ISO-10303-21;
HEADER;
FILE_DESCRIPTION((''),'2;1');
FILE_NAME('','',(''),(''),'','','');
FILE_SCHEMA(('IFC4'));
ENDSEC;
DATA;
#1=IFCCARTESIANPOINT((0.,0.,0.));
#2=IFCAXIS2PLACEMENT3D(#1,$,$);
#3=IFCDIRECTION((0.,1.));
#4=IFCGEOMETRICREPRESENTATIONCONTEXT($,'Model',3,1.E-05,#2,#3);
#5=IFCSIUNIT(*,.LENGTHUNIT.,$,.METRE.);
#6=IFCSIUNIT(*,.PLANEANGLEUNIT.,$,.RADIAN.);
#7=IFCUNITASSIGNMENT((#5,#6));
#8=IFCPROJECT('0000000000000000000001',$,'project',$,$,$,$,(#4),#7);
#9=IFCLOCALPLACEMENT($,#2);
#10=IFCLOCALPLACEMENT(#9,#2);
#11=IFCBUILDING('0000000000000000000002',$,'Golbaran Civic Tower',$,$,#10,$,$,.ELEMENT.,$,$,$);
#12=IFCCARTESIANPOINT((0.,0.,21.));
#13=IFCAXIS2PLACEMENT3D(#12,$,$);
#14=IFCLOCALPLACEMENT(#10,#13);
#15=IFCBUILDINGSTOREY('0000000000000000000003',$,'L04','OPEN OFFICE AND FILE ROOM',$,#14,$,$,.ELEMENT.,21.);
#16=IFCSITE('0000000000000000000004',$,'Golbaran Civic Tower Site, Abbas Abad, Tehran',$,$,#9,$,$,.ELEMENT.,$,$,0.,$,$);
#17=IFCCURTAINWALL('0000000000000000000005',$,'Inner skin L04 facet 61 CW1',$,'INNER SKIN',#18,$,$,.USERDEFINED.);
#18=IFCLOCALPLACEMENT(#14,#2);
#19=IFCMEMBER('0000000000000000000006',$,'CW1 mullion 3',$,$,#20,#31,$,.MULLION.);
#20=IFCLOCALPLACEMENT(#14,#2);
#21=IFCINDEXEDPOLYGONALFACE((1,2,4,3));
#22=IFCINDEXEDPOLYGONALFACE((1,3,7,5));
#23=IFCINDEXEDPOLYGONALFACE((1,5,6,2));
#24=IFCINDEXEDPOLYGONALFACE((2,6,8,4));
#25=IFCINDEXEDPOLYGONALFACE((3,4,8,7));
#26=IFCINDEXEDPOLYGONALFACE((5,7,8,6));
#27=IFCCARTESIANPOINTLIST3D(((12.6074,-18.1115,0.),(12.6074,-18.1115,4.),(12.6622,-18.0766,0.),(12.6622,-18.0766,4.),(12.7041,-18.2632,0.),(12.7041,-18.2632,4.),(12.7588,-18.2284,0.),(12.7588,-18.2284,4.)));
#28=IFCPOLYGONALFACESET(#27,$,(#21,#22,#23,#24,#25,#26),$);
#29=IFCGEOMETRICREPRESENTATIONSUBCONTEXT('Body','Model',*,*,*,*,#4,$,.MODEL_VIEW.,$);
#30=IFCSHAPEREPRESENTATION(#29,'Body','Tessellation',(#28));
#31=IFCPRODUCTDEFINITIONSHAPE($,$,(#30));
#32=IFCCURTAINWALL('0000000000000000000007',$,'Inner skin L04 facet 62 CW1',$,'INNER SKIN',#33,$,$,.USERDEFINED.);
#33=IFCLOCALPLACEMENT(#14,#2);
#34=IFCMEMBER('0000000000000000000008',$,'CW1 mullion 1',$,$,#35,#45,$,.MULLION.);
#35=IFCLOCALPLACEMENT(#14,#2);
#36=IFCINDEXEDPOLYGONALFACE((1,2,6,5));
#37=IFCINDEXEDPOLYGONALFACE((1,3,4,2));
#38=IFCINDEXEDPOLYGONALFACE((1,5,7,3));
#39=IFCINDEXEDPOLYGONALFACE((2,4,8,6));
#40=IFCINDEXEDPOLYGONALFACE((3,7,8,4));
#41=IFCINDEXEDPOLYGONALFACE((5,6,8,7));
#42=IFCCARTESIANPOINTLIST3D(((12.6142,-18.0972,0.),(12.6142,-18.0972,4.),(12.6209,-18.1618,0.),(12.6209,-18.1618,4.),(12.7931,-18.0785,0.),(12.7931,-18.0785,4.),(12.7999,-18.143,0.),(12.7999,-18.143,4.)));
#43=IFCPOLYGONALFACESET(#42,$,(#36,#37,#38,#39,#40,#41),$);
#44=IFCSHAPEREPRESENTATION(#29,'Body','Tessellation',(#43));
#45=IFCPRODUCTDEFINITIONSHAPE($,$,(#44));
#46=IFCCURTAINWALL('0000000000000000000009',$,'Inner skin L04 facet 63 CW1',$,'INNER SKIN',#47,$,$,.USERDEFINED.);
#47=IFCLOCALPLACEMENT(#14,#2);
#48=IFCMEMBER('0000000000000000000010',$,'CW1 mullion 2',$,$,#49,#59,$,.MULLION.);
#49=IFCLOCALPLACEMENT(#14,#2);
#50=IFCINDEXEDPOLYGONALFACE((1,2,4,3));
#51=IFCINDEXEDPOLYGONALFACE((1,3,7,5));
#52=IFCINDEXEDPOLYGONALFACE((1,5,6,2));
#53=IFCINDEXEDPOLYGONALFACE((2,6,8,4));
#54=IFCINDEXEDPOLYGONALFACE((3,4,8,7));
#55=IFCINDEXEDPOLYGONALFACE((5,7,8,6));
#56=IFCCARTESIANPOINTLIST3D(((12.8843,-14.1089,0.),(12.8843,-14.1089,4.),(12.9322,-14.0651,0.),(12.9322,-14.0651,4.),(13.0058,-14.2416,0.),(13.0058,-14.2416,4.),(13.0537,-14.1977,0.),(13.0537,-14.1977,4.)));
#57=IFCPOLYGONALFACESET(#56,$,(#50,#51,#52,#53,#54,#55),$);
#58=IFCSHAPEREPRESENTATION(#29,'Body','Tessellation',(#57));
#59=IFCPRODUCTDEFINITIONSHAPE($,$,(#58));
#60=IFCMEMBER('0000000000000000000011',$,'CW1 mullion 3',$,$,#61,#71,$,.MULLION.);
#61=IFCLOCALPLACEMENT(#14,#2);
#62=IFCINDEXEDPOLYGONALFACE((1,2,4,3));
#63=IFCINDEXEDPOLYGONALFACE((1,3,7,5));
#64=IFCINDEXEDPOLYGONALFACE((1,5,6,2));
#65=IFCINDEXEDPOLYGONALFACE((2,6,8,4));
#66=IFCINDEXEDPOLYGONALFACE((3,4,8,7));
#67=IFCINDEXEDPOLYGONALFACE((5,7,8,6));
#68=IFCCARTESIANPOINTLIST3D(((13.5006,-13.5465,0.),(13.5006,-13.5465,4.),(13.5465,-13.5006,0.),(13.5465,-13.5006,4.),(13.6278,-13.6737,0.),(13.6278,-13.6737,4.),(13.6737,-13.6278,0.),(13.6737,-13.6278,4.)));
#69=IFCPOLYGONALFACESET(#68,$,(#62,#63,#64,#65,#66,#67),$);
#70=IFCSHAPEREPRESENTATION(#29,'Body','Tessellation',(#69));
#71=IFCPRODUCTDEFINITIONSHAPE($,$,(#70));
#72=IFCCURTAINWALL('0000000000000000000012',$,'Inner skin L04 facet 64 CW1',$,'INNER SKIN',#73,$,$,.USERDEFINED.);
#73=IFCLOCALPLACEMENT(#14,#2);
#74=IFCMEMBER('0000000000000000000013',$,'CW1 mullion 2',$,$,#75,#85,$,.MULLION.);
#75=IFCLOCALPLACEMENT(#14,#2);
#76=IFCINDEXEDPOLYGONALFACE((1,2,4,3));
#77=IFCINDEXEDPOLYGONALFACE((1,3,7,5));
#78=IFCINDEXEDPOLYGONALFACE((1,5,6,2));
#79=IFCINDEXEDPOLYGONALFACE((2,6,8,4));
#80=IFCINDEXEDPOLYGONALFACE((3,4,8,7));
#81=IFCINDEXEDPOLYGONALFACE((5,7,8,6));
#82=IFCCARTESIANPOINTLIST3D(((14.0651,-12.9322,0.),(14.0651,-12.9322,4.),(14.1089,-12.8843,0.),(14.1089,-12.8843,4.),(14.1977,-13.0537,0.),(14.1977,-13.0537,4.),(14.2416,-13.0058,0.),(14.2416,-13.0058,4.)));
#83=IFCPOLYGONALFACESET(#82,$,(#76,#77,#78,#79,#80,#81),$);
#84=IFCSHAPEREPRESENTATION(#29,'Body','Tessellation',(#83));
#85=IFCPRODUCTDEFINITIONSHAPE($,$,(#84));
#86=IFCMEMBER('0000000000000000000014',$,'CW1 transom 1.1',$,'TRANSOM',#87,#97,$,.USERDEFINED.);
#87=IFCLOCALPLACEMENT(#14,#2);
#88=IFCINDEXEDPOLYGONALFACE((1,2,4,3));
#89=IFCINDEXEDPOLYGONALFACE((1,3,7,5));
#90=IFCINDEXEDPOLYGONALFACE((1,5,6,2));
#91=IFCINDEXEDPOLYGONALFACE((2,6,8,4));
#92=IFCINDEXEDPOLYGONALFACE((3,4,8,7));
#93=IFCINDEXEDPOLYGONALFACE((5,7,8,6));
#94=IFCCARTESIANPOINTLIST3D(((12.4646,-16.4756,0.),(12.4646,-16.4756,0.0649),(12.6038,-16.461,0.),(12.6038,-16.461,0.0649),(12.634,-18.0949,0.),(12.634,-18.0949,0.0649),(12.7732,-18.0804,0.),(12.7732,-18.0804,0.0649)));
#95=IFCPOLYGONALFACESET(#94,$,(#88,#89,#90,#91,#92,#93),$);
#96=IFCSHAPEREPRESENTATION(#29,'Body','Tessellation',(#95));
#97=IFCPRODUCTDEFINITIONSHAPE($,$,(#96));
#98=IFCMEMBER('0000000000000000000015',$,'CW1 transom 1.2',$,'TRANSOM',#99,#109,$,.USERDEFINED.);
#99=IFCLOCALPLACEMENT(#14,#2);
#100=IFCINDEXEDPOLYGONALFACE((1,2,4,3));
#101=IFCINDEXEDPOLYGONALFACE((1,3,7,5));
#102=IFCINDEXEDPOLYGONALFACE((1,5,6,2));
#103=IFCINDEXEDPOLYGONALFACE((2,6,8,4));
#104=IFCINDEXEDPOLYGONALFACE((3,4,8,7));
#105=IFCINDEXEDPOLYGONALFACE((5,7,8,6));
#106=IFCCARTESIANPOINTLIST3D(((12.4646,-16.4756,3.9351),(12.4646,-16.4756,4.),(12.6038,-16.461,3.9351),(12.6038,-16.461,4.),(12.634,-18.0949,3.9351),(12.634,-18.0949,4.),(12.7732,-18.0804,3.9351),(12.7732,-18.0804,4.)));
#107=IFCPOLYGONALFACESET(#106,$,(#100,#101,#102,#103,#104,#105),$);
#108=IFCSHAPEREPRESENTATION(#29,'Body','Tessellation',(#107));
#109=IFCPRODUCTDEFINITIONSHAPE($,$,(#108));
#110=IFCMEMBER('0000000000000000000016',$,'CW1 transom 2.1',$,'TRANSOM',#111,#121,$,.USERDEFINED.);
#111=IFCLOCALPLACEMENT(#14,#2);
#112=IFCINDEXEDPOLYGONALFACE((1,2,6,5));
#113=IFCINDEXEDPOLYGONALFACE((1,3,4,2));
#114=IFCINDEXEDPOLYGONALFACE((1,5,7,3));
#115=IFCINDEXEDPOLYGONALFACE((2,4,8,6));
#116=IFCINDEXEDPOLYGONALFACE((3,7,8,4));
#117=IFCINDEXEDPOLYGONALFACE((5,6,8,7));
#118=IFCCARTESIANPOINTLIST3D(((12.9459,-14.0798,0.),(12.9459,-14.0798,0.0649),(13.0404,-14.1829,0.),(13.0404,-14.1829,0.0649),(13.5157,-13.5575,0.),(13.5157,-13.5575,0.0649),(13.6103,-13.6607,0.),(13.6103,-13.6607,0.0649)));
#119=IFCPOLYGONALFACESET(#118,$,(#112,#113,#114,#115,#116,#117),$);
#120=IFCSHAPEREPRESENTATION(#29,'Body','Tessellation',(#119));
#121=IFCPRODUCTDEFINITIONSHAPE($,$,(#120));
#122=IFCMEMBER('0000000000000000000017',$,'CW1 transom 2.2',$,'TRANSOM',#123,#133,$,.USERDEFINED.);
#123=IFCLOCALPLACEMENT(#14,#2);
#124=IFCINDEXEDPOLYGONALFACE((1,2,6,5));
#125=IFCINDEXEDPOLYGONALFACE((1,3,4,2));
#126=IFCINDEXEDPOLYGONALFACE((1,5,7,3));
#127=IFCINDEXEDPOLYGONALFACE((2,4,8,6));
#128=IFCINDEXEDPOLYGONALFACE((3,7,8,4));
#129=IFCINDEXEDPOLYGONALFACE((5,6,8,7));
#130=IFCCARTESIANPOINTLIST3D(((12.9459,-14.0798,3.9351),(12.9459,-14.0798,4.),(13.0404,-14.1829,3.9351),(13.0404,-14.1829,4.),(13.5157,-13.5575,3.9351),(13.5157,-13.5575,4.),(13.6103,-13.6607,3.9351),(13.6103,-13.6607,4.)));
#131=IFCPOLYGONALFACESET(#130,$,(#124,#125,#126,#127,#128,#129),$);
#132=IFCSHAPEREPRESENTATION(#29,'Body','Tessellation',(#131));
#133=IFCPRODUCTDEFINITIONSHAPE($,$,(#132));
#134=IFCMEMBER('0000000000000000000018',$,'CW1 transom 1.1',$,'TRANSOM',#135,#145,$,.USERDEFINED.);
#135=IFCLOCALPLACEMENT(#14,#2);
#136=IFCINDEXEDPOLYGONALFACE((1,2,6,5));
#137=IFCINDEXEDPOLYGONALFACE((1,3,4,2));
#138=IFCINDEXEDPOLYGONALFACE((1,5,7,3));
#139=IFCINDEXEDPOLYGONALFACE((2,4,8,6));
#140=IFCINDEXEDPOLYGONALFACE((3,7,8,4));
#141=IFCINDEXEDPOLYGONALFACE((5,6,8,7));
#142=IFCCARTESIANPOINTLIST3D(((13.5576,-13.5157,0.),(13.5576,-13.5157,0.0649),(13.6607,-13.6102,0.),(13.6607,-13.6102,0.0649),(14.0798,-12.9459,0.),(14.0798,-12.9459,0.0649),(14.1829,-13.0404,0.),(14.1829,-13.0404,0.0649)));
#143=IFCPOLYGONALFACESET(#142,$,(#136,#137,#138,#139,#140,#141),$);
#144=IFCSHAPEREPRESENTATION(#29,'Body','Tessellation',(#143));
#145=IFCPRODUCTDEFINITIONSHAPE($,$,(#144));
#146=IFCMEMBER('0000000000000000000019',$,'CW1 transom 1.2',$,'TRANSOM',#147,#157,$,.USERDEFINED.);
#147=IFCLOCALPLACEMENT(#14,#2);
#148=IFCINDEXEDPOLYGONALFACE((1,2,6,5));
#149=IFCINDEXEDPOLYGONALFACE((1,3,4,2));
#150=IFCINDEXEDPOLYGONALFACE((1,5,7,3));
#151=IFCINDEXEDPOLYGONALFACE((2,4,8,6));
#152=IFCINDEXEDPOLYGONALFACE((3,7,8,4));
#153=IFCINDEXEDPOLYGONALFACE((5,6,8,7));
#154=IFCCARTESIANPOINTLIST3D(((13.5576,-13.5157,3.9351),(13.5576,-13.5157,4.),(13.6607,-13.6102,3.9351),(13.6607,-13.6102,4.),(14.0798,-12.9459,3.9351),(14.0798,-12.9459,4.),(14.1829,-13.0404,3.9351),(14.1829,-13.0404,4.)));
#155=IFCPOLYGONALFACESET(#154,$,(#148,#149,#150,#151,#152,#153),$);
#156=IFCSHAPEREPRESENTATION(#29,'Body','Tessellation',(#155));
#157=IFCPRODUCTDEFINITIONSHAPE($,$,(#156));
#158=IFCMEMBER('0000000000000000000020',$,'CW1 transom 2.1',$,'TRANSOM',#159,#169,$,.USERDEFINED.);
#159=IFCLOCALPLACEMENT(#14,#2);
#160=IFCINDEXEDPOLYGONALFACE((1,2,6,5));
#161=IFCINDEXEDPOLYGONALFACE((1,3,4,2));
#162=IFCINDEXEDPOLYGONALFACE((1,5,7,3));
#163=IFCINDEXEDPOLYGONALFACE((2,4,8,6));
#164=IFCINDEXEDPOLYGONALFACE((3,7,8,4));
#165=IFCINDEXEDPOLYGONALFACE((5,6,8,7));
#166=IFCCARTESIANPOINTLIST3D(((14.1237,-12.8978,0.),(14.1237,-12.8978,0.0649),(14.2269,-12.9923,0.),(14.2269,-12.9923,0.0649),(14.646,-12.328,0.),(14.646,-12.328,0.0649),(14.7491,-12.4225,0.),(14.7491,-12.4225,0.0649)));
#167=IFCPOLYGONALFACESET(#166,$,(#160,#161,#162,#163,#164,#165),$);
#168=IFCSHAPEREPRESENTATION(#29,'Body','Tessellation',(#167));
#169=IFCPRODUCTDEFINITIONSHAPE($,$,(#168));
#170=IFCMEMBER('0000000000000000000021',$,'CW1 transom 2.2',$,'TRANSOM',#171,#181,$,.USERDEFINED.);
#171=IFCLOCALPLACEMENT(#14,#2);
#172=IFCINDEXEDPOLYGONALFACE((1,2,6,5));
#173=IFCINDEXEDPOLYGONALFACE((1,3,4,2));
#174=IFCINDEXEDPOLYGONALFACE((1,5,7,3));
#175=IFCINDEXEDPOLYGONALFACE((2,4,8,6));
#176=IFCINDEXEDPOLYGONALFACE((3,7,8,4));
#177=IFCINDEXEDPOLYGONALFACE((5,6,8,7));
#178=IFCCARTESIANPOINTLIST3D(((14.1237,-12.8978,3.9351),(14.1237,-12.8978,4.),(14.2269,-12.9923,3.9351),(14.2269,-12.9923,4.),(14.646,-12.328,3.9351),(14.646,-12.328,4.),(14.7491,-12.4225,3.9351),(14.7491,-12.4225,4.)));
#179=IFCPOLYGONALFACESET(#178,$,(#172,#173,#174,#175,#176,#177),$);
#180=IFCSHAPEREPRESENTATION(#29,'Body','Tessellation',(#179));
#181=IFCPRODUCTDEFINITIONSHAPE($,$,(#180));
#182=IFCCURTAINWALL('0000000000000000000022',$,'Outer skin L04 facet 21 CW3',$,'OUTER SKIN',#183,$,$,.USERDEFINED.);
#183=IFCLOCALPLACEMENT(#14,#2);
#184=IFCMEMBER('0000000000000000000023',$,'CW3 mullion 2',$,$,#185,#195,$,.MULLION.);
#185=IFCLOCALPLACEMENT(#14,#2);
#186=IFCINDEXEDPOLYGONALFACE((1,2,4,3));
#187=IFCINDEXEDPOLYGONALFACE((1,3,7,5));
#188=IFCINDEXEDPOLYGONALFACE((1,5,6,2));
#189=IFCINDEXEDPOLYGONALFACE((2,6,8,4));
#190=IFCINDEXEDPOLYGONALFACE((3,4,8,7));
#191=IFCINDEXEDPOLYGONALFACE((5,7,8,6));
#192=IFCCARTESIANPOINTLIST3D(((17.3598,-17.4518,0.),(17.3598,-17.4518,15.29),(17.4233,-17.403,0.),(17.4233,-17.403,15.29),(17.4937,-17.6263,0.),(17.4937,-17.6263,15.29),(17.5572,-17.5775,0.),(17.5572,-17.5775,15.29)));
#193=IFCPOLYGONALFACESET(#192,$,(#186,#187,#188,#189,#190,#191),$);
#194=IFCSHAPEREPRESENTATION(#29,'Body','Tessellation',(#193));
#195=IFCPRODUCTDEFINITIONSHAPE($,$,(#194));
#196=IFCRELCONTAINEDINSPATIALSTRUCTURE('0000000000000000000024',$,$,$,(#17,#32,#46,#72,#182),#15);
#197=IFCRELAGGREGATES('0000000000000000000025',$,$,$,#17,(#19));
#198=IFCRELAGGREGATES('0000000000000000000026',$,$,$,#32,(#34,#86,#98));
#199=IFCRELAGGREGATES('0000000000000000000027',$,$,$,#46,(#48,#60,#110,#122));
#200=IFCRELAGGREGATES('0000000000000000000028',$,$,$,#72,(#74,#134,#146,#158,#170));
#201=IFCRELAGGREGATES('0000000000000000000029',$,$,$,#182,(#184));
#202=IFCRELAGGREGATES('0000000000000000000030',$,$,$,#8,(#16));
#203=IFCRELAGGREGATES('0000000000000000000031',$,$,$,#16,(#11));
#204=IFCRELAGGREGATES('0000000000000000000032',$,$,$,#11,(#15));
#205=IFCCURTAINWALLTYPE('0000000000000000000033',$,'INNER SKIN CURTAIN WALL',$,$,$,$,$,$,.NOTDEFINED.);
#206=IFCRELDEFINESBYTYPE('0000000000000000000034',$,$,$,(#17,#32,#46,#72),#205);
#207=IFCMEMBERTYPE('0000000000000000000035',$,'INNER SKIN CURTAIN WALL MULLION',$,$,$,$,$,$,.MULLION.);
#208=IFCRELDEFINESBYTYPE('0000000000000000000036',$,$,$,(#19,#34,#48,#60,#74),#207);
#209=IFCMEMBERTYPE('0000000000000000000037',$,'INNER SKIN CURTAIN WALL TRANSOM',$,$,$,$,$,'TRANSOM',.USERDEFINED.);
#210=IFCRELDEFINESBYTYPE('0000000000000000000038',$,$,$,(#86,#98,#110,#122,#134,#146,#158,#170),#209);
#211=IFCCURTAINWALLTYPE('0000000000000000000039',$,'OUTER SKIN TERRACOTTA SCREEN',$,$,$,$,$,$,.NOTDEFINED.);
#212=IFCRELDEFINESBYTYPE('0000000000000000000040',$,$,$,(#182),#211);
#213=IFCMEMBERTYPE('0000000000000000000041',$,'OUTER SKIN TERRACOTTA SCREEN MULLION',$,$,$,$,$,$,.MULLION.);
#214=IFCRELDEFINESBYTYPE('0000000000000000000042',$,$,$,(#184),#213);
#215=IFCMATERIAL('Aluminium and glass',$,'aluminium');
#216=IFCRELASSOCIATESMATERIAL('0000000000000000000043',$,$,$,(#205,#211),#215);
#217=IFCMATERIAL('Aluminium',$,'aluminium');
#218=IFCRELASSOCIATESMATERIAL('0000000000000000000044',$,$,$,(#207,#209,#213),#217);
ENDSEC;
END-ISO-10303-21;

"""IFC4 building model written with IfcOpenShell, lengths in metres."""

from ifc_helpers import new_model, si_unit, direction, frame, origin, origin_2d, place, context, subcontext, project, spatial, rectangle, extrude, material, material_profile, profile_set, type_object, element, aggregate, save


model = new_model("IFC4")

# Units and contexts
model_context = context("Model", 3, precision=1e-05, world=origin(), true_north=direction((0.0, 1.0)))
body_context = subcontext(model_context, "Body", "Model", "MODEL_VIEW")
ifc_project = project(units=[si_unit("LENGTHUNIT", "METRE"), si_unit("PLANEANGLEUNIT", "RADIAN")], contexts=[model_context])

# Site, building, storey
site_placement = place(None, origin())
site = spatial("IfcSite", under=ifc_project, at=site_placement, Name="Golbaran Civic Tower Site, Abbas Abad, Tehran", CompositionType="ELEMENT", RefElevation=0.0)
building_placement = place(site_placement, origin())
building = spatial("IfcBuilding", under=site, at=building_placement, Name="Golbaran Civic Tower", CompositionType="ELEMENT")
storey_placement = place(building_placement, frame((0.0, 0.0, 21.0)))
storey = spatial("IfcBuildingStorey", under=building, at=storey_placement, Name="L04", Description="OPEN OFFICE AND FILE ROOM", CompositionType="ELEMENT", Elevation=21.0)

# Curtain walls, members
ifc_material_1 = material(Name="Aluminium and glass", Category="aluminium")
curtain_wall_type_1 = type_object("IfcCurtainWallType", Name="INNER SKIN CURTAIN WALL", PredefinedType="NOTDEFINED", material=ifc_material_1)
curtain_wall_1_placement = place(storey_placement, origin())
curtain_wall_1 = element("IfcCurtainWall", 1, at=curtain_wall_1_placement, inside=storey, type_object=curtain_wall_type_1, Name="Inner skin L04 facet 61 CW1", ObjectType="INNER SKIN", PredefinedType="USERDEFINED")
ifc_material_2 = material(Name="Aluminium", Category="aluminium")
ifc_material_profile_1 = material_profile(ifc_material_2, rectangle(XDim=0.1799, YDim=0.0649, at=origin_2d()), Name="INNER SKIN CURTAIN WALL MULLION")
ifc_profile_set_1 = profile_set([ifc_material_profile_1], Name="Aluminium")
member_type_1 = type_object("IfcMemberType", Name="INNER SKIN CURTAIN WALL MULLION", PredefinedType="MULLION", material=ifc_profile_set_1)
member_1_placement = place(storey_placement, frame((12.6831, -18.1699, 0.0), z_axis=(0.0, 0.0, 1.0), x_axis=(-0.5373, 0.843391, 0.0)))
member_1 = element("IfcMember", 2, at=member_1_placement, type_object=member_type_1, Name="CW1 mullion 3", PredefinedType="MULLION", context=body_context, shape_type="SweptSolid", body=[
    extrude(rectangle(XDim=0.1799, YDim=0.0649, at=origin_2d()), origin(), (0.0, 0.0, 1.0), 4.0),
])
aggregate(curtain_wall_1, [member_1])
curtain_wall_2_placement = place(storey_placement, origin())
curtain_wall_2 = element("IfcCurtainWall", 3, at=curtain_wall_2_placement, inside=storey, type_object=curtain_wall_type_1, Name="Inner skin L04 facet 62 CW1", ObjectType="INNER SKIN", PredefinedType="USERDEFINED")
member_2_placement = place(storey_placement, frame((12.707, -18.1201, 0.0), z_axis=(0.0, 0.0, 1.0), x_axis=(-0.994568, -0.104093, 0.0)))
member_2 = element("IfcMember", 4, at=member_2_placement, type_object=member_type_1, Name="CW1 mullion 1", PredefinedType="MULLION", context=body_context, shape_type="SweptSolid", body=[
    extrude(rectangle(XDim=0.1799, YDim=0.0649, at=origin_2d()), origin(), (0.0, 0.0, 1.0), 4.0),
])

# Curtain wall, members
curtain_wall_3_placement = place(storey_placement, origin())
curtain_wall_3 = element("IfcCurtainWall", 5, at=curtain_wall_3_placement, inside=storey, type_object=curtain_wall_type_1, Name="Inner skin L04 facet 63 CW1", ObjectType="INNER SKIN", PredefinedType="USERDEFINED")
member_3_placement = place(storey_placement, frame((12.969, -14.1533, 0.0), z_axis=(0.0, 0.0, 1.0), x_axis=(-0.67559, 0.737277, 0.0)))
member_3 = element("IfcMember", 6, at=member_3_placement, type_object=member_type_1, Name="CW1 mullion 2", PredefinedType="MULLION", context=body_context, shape_type="SweptSolid", body=[
    extrude(rectangle(XDim=0.1799, YDim=0.0649, at=origin_2d()), origin(), (0.0, 0.0, 1.0), 4.0),
])
member_4_placement = place(storey_placement, frame((13.5872, -13.5872, 0.0), z_axis=(0.0, 0.0, 1.0), x_axis=(-0.707107, 0.707107, 0.0)))
member_4 = element("IfcMember", 7, at=member_4_placement, type_object=member_type_1, Name="CW1 mullion 3", PredefinedType="MULLION", context=body_context, shape_type="SweptSolid", body=[
    extrude(rectangle(XDim=0.1799, YDim=0.0649, at=origin_2d()), origin(), (0.0, 0.0, 1.0), 4.0),
])

# Curtain wall, member
curtain_wall_4_placement = place(storey_placement, origin())
curtain_wall_4 = element("IfcCurtainWall", 8, at=curtain_wall_4_placement, inside=storey, type_object=curtain_wall_type_1, Name="Inner skin L04 facet 64 CW1", ObjectType="INNER SKIN", PredefinedType="USERDEFINED")
member_5_placement = place(storey_placement, frame((14.1533, -12.969, 0.0), z_axis=(0.0, 0.0, 1.0), x_axis=(-0.737277, 0.67559, 0.0)))
member_5 = element("IfcMember", 9, at=member_5_placement, type_object=member_type_1, Name="CW1 mullion 2", PredefinedType="MULLION", context=body_context, shape_type="SweptSolid", body=[
    extrude(rectangle(XDim=0.1799, YDim=0.0649, at=origin_2d()), origin(), (0.0, 0.0, 1.0), 4.0),
])

# Members
ifc_material_profile_2 = material_profile(ifc_material_2, rectangle(XDim=0.1399, YDim=0.0649, at=origin_2d()), Name="INNER SKIN CURTAIN WALL TRANSOM")
ifc_profile_set_2 = profile_set([ifc_material_profile_2], Name="Aluminium")
member_type_2 = type_object("IfcMemberType", Name="INNER SKIN CURTAIN WALL TRANSOM", ElementType="TRANSOM", PredefinedType="USERDEFINED", material=ifc_profile_set_2)
member_6_placement = place(storey_placement, frame((12.7036, -18.0876, 0.0325), z_axis=(-0.10406, 0.994571, 0.0), x_axis=(-0.994571, -0.10406, 0.0)))
member_6 = element("IfcMember", 10, at=member_6_placement, type_object=member_type_2, Name="CW1 transom 1.1", ObjectType="TRANSOM", PredefinedType="USERDEFINED", context=body_context, shape_type="SweptSolid", body=[
    extrude(rectangle(XDim=0.1399, YDim=0.0649, at=origin_2d()), origin(), (0.0, 0.0, 1.0), 1.6282),
])
member_7_placement = place(storey_placement, frame((12.7036, -18.0876, 3.9675), z_axis=(-0.10406, 0.994571, 0.0), x_axis=(-0.994571, -0.10406, 0.0)))
member_7 = element("IfcMember", 11, at=member_7_placement, type_object=member_type_2, Name="CW1 transom 1.2", ObjectType="TRANSOM", PredefinedType="USERDEFINED", context=body_context, shape_type="SweptSolid", body=[
    extrude(rectangle(XDim=0.1399, YDim=0.0649, at=origin_2d()), origin(), (0.0, 0.0, 1.0), 1.6282),
])
aggregate(curtain_wall_2, [member_2, member_6, member_7])
member_8_placement = place(storey_placement, frame((12.9932, -14.1313, 0.0325), z_axis=(0.737233, 0.675639, 0.0), x_axis=(-0.675639, 0.737233, 0.0)))
member_8 = element("IfcMember", 12, at=member_8_placement, type_object=member_type_2, Name="CW1 transom 2.1", ObjectType="TRANSOM", PredefinedType="USERDEFINED", context=body_context, shape_type="SweptSolid", body=[
    extrude(rectangle(XDim=0.1399, YDim=0.0649, at=origin_2d()), origin(), (0.0, 0.0, 1.0), 0.7729),
])
member_9_placement = place(storey_placement, frame((12.9932, -14.1313, 3.9675), z_axis=(0.737233, 0.675639, 0.0), x_axis=(-0.675639, 0.737233, 0.0)))
member_9 = element("IfcMember", 13, at=member_9_placement, type_object=member_type_2, Name="CW1 transom 2.2", ObjectType="TRANSOM", PredefinedType="USERDEFINED", context=body_context, shape_type="SweptSolid", body=[
    extrude(rectangle(XDim=0.1399, YDim=0.0649, at=origin_2d()), origin(), (0.0, 0.0, 1.0), 0.7729),
])
member_10_placement = place(storey_placement, frame((13.6091, -13.563, 0.0325), z_axis=(0.675639, 0.737233, 0.0), x_axis=(-0.737233, 0.675639, 0.0)))
member_10 = element("IfcMember", 14, at=member_10_placement, type_object=member_type_2, Name="CW1 transom 1.1", ObjectType="TRANSOM", PredefinedType="USERDEFINED", context=body_context, shape_type="SweptSolid", body=[
    extrude(rectangle(XDim=0.1399, YDim=0.0649, at=origin_2d()), origin(), (0.0, 0.0, 1.0), 0.7729),
])
member_11_placement = place(storey_placement, frame((13.6091, -13.563, 3.9675), z_axis=(0.675639, 0.737233, 0.0), x_axis=(-0.737233, 0.675639, 0.0)))
member_11 = element("IfcMember", 15, at=member_11_placement, type_object=member_type_2, Name="CW1 transom 1.2", ObjectType="TRANSOM", PredefinedType="USERDEFINED", context=body_context, shape_type="SweptSolid", body=[
    extrude(rectangle(XDim=0.1399, YDim=0.0649, at=origin_2d()), origin(), (0.0, 0.0, 1.0), 0.7729),
])
member_12_placement = place(storey_placement, frame((14.1753, -12.9451, 0.0325), z_axis=(0.675639, 0.737233, 0.0), x_axis=(-0.737233, 0.675639, 0.0)))
member_12 = element("IfcMember", 16, at=member_12_placement, type_object=member_type_2, Name="CW1 transom 2.1", ObjectType="TRANSOM", PredefinedType="USERDEFINED", context=body_context, shape_type="SweptSolid", body=[
    extrude(rectangle(XDim=0.1399, YDim=0.0649, at=origin_2d()), origin(), (0.0, 0.0, 1.0), 0.7729),
])
member_13_placement = place(storey_placement, frame((14.1753, -12.9451, 3.9675), z_axis=(0.675639, 0.737233, 0.0), x_axis=(-0.737233, 0.675639, 0.0)))
member_13 = element("IfcMember", 17, at=member_13_placement, type_object=member_type_2, Name="CW1 transom 2.2", ObjectType="TRANSOM", PredefinedType="USERDEFINED", context=body_context, shape_type="SweptSolid", body=[
    extrude(rectangle(XDim=0.1399, YDim=0.0649, at=origin_2d()), origin(), (0.0, 0.0, 1.0), 0.7729),
])

# Curtain wall, member
curtain_wall_type_2 = type_object("IfcCurtainWallType", Name="OUTER SKIN TERRACOTTA SCREEN", PredefinedType="NOTDEFINED", material=ifc_material_1)
curtain_wall_5_placement = place(storey_placement, origin())
curtain_wall_5 = element("IfcCurtainWall", 18, at=curtain_wall_5_placement, inside=storey, type_object=curtain_wall_type_2, Name="Outer skin L04 facet 21 CW3", ObjectType="OUTER SKIN", PredefinedType="USERDEFINED")
ifc_material_profile_3 = material_profile(ifc_material_2, rectangle(XDim=0.22, YDim=0.0801, at=origin_2d()), Name="OUTER SKIN TERRACOTTA SCREEN MULLION")
ifc_profile_set_3 = profile_set([ifc_material_profile_3], Name="Aluminium")
member_type_3 = type_object("IfcMemberType", Name="OUTER SKIN TERRACOTTA SCREEN MULLION", PredefinedType="MULLION", material=ifc_profile_set_3)
member_14_placement = place(storey_placement, frame((17.4585, -17.5146, 0.0), z_axis=(0.0, 0.0, 1.0), x_axis=(-0.608761, 0.793353, 0.0)))
member_14 = element("IfcMember", 19, at=member_14_placement, type_object=member_type_3, Name="CW3 mullion 2", PredefinedType="MULLION", context=body_context, shape_type="SweptSolid", body=[
    extrude(rectangle(XDim=0.22, YDim=0.0801, at=origin_2d()), origin(), (0.0, 0.0, 1.0), 15.29),
])

aggregate(curtain_wall_3, [member_3, member_4, member_8, member_9])
aggregate(curtain_wall_4, [member_5, member_10, member_11, member_12, member_13])
aggregate(curtain_wall_5, [member_14])

save(model, "model.ifc")
